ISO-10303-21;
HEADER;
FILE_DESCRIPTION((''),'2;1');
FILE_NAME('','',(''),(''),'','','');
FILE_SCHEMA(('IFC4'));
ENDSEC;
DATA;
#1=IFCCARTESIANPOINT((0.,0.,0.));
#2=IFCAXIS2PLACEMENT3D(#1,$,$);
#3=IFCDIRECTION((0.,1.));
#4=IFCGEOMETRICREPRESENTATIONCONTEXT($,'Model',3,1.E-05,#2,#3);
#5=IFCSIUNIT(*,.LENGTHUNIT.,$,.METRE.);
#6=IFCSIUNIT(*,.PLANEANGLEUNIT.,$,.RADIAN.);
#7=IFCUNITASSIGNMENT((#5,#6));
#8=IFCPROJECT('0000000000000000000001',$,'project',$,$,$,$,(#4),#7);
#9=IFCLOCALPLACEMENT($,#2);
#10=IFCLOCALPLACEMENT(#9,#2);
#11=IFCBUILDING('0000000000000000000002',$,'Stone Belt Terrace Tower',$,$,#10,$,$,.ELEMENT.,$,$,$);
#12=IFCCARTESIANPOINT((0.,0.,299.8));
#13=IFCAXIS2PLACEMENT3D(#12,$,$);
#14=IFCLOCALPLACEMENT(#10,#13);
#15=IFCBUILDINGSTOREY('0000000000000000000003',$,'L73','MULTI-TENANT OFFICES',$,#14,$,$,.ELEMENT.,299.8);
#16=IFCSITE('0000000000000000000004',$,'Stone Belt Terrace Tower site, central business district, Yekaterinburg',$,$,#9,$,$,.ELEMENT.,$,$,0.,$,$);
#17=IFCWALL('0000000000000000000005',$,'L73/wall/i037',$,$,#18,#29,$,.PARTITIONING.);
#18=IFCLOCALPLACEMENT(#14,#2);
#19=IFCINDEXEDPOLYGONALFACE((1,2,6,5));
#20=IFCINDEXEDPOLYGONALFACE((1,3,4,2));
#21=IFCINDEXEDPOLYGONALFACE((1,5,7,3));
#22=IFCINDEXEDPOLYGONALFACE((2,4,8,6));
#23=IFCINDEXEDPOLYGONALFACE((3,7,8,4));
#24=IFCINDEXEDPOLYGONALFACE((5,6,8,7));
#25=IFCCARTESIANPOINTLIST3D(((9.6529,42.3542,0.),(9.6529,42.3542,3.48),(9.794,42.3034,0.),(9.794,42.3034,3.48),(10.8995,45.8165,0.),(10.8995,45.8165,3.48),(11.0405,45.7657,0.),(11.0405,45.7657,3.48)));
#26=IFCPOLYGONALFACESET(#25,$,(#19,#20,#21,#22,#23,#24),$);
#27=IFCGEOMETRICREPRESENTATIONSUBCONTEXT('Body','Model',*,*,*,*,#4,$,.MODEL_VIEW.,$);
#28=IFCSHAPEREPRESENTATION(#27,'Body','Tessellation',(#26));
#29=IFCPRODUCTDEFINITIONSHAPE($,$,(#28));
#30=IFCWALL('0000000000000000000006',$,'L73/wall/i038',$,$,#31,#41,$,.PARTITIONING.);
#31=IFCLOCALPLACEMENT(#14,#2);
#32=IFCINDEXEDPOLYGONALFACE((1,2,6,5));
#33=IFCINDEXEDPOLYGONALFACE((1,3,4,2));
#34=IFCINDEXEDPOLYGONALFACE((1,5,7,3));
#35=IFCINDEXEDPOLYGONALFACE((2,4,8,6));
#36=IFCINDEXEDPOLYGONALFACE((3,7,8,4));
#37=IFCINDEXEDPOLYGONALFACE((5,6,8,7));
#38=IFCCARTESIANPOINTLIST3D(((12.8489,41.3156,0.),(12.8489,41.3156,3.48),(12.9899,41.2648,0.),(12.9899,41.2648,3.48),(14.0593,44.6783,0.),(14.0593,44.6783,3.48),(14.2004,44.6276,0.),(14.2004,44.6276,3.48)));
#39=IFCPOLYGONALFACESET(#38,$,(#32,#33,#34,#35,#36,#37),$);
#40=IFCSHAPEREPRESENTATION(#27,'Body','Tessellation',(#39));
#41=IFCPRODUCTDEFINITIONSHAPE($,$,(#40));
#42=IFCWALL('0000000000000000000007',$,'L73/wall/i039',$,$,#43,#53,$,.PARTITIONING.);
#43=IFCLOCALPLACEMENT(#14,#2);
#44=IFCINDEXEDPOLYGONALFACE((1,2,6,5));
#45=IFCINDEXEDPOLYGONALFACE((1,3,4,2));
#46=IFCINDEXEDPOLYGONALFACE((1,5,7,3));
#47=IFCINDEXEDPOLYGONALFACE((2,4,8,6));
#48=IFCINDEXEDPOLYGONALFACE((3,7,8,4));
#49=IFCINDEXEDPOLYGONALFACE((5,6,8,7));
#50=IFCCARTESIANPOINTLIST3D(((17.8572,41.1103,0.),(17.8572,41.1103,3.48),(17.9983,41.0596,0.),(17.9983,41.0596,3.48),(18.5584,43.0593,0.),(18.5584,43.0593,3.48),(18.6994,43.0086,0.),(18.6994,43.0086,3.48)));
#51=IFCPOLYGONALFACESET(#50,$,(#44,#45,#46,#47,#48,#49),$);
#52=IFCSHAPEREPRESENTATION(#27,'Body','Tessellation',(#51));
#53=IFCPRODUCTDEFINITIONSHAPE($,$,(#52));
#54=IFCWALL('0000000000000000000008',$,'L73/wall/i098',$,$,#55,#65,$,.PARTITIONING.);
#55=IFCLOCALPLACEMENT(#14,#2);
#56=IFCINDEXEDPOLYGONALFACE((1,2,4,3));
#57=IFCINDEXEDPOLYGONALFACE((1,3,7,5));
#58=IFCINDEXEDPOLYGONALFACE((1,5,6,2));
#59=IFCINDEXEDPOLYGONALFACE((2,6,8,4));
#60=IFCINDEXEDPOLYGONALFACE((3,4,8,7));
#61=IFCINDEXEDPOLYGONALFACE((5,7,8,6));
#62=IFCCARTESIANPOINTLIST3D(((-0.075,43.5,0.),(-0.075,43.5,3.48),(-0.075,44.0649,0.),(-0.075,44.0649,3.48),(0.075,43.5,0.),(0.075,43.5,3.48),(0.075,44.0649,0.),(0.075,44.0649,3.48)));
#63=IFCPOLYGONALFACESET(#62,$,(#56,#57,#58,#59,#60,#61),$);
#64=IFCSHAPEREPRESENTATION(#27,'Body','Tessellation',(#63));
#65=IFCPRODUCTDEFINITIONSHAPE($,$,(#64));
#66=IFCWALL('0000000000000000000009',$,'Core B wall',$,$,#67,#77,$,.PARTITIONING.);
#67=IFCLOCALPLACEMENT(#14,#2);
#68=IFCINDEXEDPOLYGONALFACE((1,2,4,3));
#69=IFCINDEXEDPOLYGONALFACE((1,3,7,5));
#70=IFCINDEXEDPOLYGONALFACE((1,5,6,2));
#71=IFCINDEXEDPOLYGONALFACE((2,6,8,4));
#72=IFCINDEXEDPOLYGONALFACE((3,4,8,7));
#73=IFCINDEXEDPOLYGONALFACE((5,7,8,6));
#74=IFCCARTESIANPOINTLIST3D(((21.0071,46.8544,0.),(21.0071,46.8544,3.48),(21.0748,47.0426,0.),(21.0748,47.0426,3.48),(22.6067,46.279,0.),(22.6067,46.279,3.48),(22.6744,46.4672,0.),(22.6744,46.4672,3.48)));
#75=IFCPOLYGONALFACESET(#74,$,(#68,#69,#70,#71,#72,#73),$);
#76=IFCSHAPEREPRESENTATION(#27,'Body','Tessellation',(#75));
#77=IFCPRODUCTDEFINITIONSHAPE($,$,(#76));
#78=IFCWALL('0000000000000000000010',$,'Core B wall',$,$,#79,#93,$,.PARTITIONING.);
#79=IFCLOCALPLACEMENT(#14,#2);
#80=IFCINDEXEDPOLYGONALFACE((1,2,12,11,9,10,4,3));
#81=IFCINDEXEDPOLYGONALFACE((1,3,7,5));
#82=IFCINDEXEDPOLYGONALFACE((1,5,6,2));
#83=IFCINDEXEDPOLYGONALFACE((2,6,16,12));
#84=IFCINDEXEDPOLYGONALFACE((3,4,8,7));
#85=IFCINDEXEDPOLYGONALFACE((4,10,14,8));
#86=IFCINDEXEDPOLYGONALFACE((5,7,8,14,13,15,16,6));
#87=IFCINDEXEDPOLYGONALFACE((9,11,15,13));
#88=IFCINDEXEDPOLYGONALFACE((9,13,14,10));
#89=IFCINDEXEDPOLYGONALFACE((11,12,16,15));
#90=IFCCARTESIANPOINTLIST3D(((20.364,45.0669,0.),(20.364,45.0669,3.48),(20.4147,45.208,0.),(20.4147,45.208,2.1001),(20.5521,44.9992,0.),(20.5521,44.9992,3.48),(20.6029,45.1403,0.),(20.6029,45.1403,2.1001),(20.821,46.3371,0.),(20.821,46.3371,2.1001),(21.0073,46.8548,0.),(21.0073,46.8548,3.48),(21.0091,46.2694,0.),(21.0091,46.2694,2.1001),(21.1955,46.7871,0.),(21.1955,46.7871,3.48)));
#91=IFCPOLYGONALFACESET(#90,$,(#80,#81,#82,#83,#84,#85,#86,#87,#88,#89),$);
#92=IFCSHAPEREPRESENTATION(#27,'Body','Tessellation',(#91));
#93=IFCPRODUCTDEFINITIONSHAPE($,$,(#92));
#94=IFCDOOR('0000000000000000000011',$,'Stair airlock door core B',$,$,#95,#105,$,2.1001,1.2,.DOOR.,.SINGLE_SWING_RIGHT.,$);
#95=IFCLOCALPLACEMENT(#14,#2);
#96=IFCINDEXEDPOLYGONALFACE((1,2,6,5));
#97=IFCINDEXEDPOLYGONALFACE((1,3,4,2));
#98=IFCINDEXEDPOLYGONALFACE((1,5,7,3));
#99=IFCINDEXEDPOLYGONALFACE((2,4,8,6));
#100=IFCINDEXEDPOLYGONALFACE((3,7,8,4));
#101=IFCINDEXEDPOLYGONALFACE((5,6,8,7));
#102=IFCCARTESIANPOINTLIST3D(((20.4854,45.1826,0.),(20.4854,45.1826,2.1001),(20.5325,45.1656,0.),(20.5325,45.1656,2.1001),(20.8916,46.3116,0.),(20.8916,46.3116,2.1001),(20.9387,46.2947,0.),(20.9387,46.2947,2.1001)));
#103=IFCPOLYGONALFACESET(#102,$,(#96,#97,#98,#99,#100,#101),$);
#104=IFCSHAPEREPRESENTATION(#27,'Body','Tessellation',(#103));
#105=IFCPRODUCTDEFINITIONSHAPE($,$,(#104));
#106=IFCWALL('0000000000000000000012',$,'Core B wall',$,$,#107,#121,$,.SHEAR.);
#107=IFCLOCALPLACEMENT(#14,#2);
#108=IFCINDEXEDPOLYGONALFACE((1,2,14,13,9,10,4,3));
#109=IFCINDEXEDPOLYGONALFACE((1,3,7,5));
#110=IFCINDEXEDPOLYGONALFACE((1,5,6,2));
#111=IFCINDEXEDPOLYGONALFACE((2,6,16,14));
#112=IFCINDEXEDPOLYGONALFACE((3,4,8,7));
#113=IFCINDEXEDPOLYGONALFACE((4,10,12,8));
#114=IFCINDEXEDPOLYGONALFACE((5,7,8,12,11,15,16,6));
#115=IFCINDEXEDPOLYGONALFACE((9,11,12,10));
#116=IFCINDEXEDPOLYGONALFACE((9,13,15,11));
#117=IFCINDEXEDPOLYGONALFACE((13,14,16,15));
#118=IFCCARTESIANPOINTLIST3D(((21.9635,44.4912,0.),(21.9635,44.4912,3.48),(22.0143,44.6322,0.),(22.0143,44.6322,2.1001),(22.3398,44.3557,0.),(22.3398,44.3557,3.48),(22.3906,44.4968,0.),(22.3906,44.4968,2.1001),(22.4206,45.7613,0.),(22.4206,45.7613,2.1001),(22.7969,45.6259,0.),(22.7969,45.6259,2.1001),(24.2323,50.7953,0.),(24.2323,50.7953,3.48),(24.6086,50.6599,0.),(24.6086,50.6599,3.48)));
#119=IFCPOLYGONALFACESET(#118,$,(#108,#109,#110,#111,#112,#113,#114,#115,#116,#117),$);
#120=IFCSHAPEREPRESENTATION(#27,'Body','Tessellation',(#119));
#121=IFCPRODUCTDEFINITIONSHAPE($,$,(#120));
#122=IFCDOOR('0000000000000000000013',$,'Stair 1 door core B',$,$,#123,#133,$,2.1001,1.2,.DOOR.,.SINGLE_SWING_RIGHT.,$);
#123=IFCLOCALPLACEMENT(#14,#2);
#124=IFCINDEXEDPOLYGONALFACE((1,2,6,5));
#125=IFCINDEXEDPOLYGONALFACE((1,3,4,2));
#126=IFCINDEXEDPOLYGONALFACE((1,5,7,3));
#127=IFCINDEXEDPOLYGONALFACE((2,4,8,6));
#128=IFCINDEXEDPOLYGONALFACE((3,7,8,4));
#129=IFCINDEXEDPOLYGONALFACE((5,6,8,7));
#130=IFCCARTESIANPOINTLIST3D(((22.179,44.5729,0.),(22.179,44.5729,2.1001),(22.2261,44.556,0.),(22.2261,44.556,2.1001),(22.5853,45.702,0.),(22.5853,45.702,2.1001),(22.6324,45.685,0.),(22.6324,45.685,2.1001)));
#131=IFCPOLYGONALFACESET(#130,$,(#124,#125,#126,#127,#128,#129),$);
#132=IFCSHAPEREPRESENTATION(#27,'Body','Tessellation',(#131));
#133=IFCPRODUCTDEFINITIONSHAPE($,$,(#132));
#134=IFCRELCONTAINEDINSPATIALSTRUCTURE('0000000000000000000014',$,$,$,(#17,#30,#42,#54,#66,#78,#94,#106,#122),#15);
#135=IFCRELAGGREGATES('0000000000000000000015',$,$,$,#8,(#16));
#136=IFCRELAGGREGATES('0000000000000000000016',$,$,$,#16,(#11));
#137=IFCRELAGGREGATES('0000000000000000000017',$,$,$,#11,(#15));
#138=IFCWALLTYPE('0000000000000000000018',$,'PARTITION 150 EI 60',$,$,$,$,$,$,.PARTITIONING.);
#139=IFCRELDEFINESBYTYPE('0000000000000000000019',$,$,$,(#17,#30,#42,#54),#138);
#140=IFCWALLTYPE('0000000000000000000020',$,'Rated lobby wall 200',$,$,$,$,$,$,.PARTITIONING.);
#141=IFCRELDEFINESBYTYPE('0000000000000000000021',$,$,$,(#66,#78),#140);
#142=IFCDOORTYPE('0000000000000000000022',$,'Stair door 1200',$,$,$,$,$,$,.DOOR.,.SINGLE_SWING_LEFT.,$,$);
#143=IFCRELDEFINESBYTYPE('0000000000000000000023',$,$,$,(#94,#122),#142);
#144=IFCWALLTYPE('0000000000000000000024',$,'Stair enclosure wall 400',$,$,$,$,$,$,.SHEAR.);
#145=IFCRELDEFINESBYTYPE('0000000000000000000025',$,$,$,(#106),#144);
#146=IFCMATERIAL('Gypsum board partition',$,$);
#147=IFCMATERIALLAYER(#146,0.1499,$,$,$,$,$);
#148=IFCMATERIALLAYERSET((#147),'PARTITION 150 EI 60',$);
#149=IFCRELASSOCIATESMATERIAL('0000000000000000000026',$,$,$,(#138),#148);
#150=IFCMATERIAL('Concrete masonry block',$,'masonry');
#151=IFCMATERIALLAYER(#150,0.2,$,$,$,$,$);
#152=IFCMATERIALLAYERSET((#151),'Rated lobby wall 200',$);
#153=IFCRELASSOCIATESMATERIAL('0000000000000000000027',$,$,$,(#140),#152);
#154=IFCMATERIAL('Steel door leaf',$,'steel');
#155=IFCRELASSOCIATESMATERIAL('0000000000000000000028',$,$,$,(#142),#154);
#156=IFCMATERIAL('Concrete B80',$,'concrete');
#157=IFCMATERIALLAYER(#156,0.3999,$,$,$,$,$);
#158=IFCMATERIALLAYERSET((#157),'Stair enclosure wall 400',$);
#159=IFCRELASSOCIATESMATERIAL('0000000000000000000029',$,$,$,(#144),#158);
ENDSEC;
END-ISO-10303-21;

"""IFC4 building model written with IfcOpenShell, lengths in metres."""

from ifc_helpers import new_model, si_unit, direction, frame, frame_2d, origin, place, context, subcontext, project, spatial, rectangle, extrude, material, layer, layer_set, type_object, element, fill, save


model = new_model("IFC4")

# Units and contexts
model_context = context("Model", 3, precision=1e-05, world=origin(), true_north=direction((0.0, 1.0)))
body_context = subcontext(model_context, "Body", "Model", "MODEL_VIEW")
ifc_project = project(units=[si_unit("LENGTHUNIT", "METRE"), si_unit("PLANEANGLEUNIT", "RADIAN")], contexts=[model_context])

# Site, building, storey
site_placement = place(None, origin())
site = spatial("IfcSite", under=ifc_project, at=site_placement, Name="Stone Belt Terrace Tower site, central business district, Yekaterinburg", CompositionType="ELEMENT", RefElevation=0.0)
building_placement = place(site_placement, origin())
building = spatial("IfcBuilding", under=site, at=building_placement, Name="Stone Belt Terrace Tower", CompositionType="ELEMENT")
storey_placement = place(building_placement, frame((0.0, 0.0, 299.8)))
storey = spatial("IfcBuildingStorey", under=building, at=storey_placement, Name="L73", Description="MULTI-TENANT OFFICES", CompositionType="ELEMENT", Elevation=299.8)

# Shared definitions
ifc_material_1 = material(Name="Gypsum board partition")
ifc_layer_1 = layer(ifc_material_1, 0.1499)
ifc_layer_set_1 = layer_set([ifc_layer_1], Name="PARTITION 150 EI 60")
wall_type_1 = type_object("IfcWallType", Name="PARTITION 150 EI 60", PredefinedType="PARTITIONING", material=ifc_layer_set_1)

# Walls
wall_1_placement = place(storey_placement, frame((10.97, 45.791, 0.0), z_axis=(0.0, 0.0, 1.0), x_axis=(-0.338748, -0.940877, 0.0)))
element("IfcWall", 1, at=wall_1_placement, inside=storey, type_object=wall_type_1, Name="L73/wall/i037", PredefinedType="PARTITIONING", context=body_context, shape_type="SweptSolid", body=[
    extrude(rectangle(XDim=3.6799, YDim=0.1499, at=frame_2d((1.8398, 0.0))), origin(), (0.0, 0.0, 1.0), 3.48),
])
wall_2_placement = place(storey_placement, frame((14.1299, 44.6531, 0.0), z_axis=(0.0, 0.0, 1.0), x_axis=(-0.338681, -0.940901, 0.0)))
element("IfcWall", 2, at=wall_2_placement, inside=storey, type_object=wall_type_1, Name="L73/wall/i038", PredefinedType="PARTITIONING", context=body_context, shape_type="SweptSolid", body=[
    extrude(rectangle(XDim=3.574, YDim=0.1499, at=frame_2d((1.7871, 0.0))), origin(), (0.0, 0.0, 1.0), 3.48),
])
wall_3_placement = place(storey_placement, frame((18.6289, 43.0339, 0.0), z_axis=(0.0, 0.0, 1.0), x_axis=(-0.338523, -0.940958, 0.0)))
element("IfcWall", 3, at=wall_3_placement, inside=storey, type_object=wall_type_1, Name="L73/wall/i039", PredefinedType="PARTITIONING", context=body_context, shape_type="SweptSolid", body=[
    extrude(rectangle(XDim=2.0713, YDim=0.1499, at=frame_2d((1.0356, 0.0))), origin(), (0.0, 0.0, 1.0), 3.48),
])
wall_4_placement = place(storey_placement, frame((0.0, 44.0649, 0.0), z_axis=(0.0, 0.0, 1.0), x_axis=(0.0, -1.0, 0.0)))
element("IfcWall", 4, at=wall_4_placement, inside=storey, type_object=wall_type_1, Name="L73/wall/i098", PredefinedType="PARTITIONING", context=body_context, shape_type="SweptSolid", body=[
    extrude(rectangle(XDim=0.5649, YDim=0.1499, at=frame_2d((0.2825, 0.0))), origin(), (0.0, 0.0, 1.0), 3.48),
])
ifc_material_2 = material(Name="Concrete masonry block", Category="masonry")
ifc_layer_2 = layer(ifc_material_2, 0.2)
ifc_layer_set_2 = layer_set([ifc_layer_2], Name="Rated lobby wall 200")
wall_type_2 = type_object("IfcWallType", Name="Rated lobby wall 200", PredefinedType="PARTITIONING", material=ifc_layer_set_2)
wall_5_placement = place(storey_placement, frame((22.6406, 46.373, 0.0), z_axis=(0.0, 0.0, 1.0), x_axis=(-0.940966, 0.338501, 0.0)))
element("IfcWall", 5, at=wall_5_placement, inside=storey, type_object=wall_type_2, Name="Core B wall", PredefinedType="PARTITIONING", context=body_context, shape_type="SweptSolid", body=[
    extrude(rectangle(XDim=1.7, YDim=0.2, at=frame_2d((0.8501, 0.0))), origin(), (0.0, 0.0, 1.0), 3.48),
])

# Walls, openings, doors
wall_6_placement = place(storey_placement, frame((20.458, 45.033, 0.0), z_axis=(0.0, 0.0, 1.0), x_axis=(0.338574, 0.94094, 0.0)))
wall_6 = element("IfcWall", 6, at=wall_6_placement, inside=storey, type_object=wall_type_2, Name="Core B wall", PredefinedType="PARTITIONING", context=body_context, shape_type="SweptSolid", body=[
    extrude(rectangle(XDim=1.9001, YDim=0.2, at=frame_2d((0.9502, 0.0))), origin(), (0.0, 0.0, 1.0), 3.48),
])
opening_1_placement = place(wall_6_placement, frame((0.1499, 0.0, 0.0)))
opening_1 = element("IfcOpeningElement", 7, at=opening_1_placement, cuts=wall_6, PredefinedType="OPENING", context=body_context, shape_type="SweptSolid", body=[
    extrude(rectangle(XDim=1.2, YDim=2.1001, at=frame_2d((0.6001, 1.05))), frame((0.0, 0.1099, 0.0), z_axis=(0.0, -1.0, 0.0), x_axis=(1.0, 0.0, 0.0)), (0.0, 0.0, 1.0), 0.22),
])
ifc_material_3 = material(Name="Steel door leaf", Category="steel")
door_type_1 = type_object("IfcDoorType", Name="Stair door 1200", OperationType="SINGLE_SWING_LEFT", PredefinedType="DOOR", material=ifc_material_3)
door_1_placement = place(opening_1_placement, origin())
door_1 = element("IfcDoor", 8, at=door_1_placement, inside=storey, type_object=door_type_1, Name="Stair airlock door core B", OperationType="SINGLE_SWING_RIGHT", OverallHeight=2.1001, OverallWidth=1.2, PredefinedType="DOOR", context=body_context, shape_type="SweptSolid", body=[
    extrude(rectangle(XDim=1.2, YDim=2.1001, at=frame_2d((0.6001, 1.05))), frame((0.0, 0.0249, 0.0), z_axis=(0.0, -1.0, 0.0), x_axis=(1.0, 0.0, 0.0)), (0.0, 0.0, 1.0), 0.05),
])
fill(opening_1, door_1)
ifc_material_4 = material(Name="Concrete B80", Category="concrete")
ifc_layer_3 = layer(ifc_material_4, 0.3999)
ifc_layer_set_3 = layer_set([ifc_layer_3], Name="Stair enclosure wall 400")
wall_type_3 = type_object("IfcWallType", Name="Stair enclosure wall 400", PredefinedType="SHEAR", material=ifc_layer_set_3)
wall_7_placement = place(storey_placement, frame((22.1516, 44.4233, 0.0), z_axis=(0.0, 0.0, 1.0), x_axis=(0.338625, 0.940921, 0.0)))
wall_7 = element("IfcWall", 9, at=wall_7_placement, inside=storey, type_object=wall_type_3, Name="Core B wall", PredefinedType="SHEAR", context=body_context, shape_type="SweptSolid", body=[
    extrude(rectangle(XDim=6.7, YDim=0.3999, at=frame_2d((3.3501, 0.0))), origin(), (0.0, 0.0, 1.0), 3.48),
])
opening_2_placement = place(wall_7_placement, frame((0.1499, 0.0, 0.0)))
opening_2 = element("IfcOpeningElement", 10, at=opening_2_placement, cuts=wall_7, PredefinedType="OPENING", context=body_context, shape_type="SweptSolid", body=[
    extrude(rectangle(XDim=1.2, YDim=2.1001, at=frame_2d((0.6001, 1.05))), frame((0.0, 0.21, 0.0), z_axis=(0.0, -1.0, 0.0), x_axis=(1.0, 0.0, 0.0)), (0.0, 0.0, 1.0), 0.4199),
])
door_2_placement = place(opening_2_placement, origin())
door_2 = element("IfcDoor", 11, at=door_2_placement, inside=storey, type_object=door_type_1, Name="Stair 1 door core B", OperationType="SINGLE_SWING_RIGHT", OverallHeight=2.1001, OverallWidth=1.2, PredefinedType="DOOR", context=body_context, shape_type="SweptSolid", body=[
    extrude(rectangle(XDim=1.2, YDim=2.1001, at=frame_2d((0.6001, 1.05))), frame((0.0, 0.0249, 0.0), z_axis=(0.0, -1.0, 0.0), x_axis=(1.0, 0.0, 0.0)), (0.0, 0.0, 1.0), 0.05),
])
fill(opening_2, door_2)

save(model, "model.ifc")
